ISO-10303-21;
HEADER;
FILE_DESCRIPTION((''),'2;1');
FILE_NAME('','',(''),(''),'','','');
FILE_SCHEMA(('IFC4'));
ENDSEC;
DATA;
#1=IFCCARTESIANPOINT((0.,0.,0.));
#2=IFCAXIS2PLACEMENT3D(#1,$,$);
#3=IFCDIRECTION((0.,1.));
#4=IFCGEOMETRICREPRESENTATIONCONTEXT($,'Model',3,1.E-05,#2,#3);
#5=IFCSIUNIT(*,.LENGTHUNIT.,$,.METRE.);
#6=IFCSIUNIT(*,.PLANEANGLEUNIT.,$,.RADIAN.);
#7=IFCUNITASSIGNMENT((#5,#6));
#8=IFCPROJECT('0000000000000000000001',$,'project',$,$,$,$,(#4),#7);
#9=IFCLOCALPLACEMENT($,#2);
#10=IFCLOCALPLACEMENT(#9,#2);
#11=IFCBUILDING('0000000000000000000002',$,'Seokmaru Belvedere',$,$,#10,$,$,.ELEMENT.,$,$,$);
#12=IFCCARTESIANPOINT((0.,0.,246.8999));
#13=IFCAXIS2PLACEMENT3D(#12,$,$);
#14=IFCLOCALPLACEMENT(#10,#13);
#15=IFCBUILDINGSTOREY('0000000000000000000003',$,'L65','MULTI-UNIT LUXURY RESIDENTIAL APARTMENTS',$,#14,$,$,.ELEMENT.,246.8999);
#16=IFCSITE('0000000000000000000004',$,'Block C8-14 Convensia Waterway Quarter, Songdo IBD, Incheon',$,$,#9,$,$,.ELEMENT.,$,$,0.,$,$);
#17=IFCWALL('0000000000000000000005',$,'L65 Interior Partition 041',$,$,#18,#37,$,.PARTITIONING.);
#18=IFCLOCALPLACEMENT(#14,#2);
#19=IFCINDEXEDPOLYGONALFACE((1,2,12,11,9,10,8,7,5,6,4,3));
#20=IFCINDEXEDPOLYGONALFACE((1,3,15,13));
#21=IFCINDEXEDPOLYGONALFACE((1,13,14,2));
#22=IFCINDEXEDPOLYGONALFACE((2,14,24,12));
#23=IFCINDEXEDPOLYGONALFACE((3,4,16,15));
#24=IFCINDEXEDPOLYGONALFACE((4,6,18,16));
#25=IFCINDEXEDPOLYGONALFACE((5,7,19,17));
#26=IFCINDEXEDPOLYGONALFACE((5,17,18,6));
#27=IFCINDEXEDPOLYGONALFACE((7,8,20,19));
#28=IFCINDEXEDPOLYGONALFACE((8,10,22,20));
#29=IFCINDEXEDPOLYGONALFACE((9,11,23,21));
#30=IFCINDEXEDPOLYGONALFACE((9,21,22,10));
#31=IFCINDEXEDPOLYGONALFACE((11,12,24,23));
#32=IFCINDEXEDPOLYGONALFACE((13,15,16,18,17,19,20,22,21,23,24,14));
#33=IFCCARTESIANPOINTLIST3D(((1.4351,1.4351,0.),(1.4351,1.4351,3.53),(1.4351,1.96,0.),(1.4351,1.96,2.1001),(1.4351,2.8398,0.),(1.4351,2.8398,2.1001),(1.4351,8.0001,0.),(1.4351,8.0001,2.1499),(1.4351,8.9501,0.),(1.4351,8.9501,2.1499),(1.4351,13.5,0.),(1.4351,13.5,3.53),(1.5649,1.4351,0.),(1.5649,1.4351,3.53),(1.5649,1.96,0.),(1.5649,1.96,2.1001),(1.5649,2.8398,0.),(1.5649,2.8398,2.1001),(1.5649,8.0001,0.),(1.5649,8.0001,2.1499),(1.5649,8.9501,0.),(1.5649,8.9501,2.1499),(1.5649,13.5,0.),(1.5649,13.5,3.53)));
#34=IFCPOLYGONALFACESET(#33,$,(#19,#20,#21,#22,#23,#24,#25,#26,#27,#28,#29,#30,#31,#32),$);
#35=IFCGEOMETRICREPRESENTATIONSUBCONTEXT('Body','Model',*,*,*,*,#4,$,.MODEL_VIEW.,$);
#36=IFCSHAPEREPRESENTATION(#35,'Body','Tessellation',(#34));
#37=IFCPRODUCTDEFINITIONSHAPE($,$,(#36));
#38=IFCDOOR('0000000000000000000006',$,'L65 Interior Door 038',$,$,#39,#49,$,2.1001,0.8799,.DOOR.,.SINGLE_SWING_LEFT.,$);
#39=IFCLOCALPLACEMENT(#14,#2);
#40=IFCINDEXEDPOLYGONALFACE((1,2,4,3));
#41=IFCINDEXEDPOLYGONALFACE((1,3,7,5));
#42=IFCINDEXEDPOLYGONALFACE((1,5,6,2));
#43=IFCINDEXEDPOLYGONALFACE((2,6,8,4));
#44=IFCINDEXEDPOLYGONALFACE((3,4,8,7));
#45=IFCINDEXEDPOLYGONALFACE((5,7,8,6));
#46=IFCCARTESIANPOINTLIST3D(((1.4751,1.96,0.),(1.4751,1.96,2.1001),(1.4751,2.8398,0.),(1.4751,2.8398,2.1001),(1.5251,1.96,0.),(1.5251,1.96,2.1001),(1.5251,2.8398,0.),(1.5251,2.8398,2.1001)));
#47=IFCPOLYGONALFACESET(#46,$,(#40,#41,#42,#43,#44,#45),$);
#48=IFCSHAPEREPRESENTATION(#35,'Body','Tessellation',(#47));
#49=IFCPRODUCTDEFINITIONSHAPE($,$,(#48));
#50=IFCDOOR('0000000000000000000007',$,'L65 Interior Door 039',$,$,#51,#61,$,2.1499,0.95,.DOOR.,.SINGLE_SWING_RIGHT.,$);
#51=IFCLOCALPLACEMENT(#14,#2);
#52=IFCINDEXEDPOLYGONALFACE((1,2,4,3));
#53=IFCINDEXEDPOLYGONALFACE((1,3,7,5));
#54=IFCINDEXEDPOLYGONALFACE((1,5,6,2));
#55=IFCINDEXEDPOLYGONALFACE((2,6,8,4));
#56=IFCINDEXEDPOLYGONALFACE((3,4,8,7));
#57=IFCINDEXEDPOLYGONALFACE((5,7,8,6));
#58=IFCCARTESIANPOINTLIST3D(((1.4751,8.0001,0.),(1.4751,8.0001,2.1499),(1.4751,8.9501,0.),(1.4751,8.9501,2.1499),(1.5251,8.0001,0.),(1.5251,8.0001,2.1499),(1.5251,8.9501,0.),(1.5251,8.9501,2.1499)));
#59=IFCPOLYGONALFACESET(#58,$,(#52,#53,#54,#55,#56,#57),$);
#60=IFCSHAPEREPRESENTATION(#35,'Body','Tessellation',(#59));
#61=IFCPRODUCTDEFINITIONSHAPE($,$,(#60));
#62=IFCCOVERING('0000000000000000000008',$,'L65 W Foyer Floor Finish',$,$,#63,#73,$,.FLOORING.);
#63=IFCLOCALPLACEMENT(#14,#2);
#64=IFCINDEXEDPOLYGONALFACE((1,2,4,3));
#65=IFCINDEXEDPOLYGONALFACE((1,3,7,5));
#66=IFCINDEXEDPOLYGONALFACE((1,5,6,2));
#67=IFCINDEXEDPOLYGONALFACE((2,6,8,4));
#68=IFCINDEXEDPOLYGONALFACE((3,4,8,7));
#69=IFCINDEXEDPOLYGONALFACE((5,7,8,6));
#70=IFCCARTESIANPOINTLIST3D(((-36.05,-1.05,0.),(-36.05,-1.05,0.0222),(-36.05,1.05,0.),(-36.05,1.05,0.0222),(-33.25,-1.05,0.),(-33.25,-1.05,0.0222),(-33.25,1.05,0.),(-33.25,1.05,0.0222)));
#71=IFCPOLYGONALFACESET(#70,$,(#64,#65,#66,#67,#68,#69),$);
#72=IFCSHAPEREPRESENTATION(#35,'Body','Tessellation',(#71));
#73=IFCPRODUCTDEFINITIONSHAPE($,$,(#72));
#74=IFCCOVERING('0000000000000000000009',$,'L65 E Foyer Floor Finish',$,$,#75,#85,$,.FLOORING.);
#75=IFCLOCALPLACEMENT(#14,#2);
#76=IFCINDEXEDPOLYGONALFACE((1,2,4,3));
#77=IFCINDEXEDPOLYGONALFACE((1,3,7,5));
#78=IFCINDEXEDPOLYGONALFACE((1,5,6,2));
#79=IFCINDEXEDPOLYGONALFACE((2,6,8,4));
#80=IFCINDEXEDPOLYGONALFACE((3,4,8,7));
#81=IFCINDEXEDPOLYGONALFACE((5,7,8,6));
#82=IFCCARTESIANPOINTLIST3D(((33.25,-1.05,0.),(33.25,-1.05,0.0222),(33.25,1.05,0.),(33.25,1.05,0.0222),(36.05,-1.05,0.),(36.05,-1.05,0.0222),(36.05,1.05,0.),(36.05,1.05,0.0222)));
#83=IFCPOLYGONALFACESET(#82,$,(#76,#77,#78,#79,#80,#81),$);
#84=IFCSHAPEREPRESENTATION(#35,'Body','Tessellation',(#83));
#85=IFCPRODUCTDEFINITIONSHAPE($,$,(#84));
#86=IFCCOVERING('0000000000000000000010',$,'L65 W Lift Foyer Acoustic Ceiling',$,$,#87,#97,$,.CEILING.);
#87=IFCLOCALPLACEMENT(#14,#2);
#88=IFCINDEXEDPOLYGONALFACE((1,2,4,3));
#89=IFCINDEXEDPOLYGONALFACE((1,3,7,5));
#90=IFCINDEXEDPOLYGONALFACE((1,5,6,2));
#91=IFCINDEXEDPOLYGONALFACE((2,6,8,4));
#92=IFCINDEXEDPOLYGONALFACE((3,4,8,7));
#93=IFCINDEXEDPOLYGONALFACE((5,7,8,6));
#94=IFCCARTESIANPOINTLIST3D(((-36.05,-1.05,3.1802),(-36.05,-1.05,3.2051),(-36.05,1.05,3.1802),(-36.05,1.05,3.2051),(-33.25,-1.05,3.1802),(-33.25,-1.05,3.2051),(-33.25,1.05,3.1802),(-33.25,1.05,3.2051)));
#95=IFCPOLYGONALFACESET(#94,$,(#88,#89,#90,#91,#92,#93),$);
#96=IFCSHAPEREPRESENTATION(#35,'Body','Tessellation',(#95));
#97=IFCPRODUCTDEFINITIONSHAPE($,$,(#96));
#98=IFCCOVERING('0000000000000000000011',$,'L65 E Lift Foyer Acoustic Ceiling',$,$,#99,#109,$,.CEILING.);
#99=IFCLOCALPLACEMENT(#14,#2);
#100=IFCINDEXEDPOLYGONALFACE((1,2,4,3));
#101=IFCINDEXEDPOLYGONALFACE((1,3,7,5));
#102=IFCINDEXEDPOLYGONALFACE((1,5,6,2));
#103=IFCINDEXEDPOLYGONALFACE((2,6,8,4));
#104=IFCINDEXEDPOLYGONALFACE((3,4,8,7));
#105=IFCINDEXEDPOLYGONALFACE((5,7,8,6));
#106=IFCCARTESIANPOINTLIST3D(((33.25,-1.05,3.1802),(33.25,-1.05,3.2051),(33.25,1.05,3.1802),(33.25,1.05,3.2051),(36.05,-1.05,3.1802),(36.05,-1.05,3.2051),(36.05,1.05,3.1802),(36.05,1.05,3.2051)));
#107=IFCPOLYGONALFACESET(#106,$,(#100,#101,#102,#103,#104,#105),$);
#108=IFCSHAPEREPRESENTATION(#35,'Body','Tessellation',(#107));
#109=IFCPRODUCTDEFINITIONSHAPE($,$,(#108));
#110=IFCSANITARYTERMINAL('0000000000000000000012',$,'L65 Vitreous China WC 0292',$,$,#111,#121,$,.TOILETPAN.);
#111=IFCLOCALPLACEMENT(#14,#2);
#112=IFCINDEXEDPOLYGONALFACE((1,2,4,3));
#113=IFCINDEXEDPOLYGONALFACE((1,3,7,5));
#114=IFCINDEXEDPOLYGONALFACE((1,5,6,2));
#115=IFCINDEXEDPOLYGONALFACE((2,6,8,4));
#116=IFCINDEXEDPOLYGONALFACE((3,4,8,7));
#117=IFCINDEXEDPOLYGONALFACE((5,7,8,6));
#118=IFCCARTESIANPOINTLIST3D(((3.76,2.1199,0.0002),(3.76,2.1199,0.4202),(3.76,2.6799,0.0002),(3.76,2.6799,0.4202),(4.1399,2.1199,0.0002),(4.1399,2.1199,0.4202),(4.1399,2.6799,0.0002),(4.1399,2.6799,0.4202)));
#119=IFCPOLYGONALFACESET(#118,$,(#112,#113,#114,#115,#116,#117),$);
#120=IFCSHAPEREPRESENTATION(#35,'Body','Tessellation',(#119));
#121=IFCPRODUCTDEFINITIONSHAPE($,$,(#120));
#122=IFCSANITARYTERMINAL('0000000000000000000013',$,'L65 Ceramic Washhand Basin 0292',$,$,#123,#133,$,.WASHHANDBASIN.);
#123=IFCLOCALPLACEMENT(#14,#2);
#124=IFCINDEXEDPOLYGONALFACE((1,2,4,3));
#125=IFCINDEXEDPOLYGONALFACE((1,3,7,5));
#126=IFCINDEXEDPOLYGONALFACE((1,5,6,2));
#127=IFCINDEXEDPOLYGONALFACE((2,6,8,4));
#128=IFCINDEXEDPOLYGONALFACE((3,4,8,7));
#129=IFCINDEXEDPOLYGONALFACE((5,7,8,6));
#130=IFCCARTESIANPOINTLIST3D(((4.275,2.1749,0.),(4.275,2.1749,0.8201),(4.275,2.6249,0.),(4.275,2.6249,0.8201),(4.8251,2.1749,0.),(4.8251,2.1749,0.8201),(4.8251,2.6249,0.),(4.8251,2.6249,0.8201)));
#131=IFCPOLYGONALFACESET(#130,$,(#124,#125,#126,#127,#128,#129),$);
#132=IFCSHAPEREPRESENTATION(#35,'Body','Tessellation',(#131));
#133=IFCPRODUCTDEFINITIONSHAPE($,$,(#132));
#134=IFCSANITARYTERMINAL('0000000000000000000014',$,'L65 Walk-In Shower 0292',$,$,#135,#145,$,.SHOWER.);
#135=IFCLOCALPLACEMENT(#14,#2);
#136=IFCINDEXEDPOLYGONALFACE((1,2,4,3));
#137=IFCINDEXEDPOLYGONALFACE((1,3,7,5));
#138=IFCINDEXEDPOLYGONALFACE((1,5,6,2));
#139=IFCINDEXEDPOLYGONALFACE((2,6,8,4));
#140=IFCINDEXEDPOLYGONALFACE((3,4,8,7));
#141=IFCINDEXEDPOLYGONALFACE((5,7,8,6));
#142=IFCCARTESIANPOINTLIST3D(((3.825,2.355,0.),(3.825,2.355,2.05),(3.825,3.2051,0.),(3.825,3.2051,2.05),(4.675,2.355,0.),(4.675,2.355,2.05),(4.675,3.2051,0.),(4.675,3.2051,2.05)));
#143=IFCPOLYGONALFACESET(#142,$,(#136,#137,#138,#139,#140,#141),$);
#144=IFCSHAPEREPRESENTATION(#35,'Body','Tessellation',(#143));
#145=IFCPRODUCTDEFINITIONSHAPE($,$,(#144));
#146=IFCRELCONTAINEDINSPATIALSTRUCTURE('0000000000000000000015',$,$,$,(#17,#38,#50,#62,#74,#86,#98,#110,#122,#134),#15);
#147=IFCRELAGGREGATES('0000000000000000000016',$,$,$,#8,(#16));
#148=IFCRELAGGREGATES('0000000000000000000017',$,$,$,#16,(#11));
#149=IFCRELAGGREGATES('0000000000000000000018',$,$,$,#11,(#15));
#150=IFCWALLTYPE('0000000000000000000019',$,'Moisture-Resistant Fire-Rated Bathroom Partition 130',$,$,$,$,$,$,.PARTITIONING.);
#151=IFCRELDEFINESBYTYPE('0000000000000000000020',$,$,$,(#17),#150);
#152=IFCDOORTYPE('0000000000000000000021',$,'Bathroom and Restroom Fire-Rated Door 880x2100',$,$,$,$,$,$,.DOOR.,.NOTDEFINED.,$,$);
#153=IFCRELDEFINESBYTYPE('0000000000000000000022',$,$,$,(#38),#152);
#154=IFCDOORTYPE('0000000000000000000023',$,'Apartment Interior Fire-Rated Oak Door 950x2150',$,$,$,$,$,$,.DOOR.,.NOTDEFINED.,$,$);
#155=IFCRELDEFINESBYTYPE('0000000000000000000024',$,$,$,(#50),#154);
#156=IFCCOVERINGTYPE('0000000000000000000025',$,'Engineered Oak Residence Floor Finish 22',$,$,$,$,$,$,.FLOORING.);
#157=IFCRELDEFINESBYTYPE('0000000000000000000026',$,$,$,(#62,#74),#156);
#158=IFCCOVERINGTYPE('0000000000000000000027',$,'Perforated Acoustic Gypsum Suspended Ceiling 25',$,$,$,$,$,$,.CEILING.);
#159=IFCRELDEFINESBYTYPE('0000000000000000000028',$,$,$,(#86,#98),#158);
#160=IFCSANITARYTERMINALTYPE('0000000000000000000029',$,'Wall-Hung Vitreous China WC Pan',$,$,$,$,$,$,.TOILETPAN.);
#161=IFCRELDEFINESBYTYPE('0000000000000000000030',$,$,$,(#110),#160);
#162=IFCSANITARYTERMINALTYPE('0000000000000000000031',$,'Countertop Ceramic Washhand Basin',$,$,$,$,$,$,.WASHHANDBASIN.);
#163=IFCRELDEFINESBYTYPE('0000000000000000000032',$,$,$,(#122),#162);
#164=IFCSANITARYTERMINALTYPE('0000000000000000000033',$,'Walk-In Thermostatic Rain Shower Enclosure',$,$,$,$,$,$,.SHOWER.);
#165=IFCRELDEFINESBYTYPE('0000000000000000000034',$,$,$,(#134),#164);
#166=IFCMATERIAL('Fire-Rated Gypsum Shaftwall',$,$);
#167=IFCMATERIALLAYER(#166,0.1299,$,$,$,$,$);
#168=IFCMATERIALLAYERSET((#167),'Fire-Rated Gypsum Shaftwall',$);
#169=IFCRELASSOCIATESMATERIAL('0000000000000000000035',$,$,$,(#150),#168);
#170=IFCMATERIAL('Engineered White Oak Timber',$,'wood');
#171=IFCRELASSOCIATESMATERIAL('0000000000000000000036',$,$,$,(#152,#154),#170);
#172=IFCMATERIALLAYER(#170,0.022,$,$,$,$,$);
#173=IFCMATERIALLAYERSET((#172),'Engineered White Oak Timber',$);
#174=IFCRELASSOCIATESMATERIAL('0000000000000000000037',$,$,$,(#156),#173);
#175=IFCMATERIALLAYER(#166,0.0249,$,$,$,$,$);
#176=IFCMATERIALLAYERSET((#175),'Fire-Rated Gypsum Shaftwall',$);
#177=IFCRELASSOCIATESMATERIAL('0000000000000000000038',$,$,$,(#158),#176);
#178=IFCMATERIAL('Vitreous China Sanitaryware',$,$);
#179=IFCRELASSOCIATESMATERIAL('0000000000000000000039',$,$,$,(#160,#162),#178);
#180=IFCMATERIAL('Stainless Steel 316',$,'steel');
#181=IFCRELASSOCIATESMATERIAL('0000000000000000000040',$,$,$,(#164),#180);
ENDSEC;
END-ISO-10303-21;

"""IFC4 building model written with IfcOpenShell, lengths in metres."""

from ifc_helpers import new_model, si_unit, direction, frame, frame_2d, origin, origin_2d, place, context, subcontext, project, spatial, polyline, rectangle, outline, extrude, source, transform, mapped, material, layer, layer_set, type_object, type_shapes, element, fill, save


model = new_model("IFC4")

# Units and contexts
model_context = context("Model", 3, precision=1e-05, world=origin(), true_north=direction((0.0, 1.0)))
body_context = subcontext(model_context, "Body", "Model", "MODEL_VIEW")
ifc_project = project(units=[si_unit("LENGTHUNIT", "METRE"), si_unit("PLANEANGLEUNIT", "RADIAN")], contexts=[model_context])

# Site, building, storey
site_placement = place(None, origin())
site = spatial("IfcSite", under=ifc_project, at=site_placement, Name="Block C8-14 Convensia Waterway Quarter, Songdo IBD, Incheon", CompositionType="ELEMENT", RefElevation=0.0)
building_placement = place(site_placement, origin())
building = spatial("IfcBuilding", under=site, at=building_placement, Name="Seokmaru Belvedere", CompositionType="ELEMENT")
storey_placement = place(building_placement, frame((0.0, 0.0, 246.8999)))
storey = spatial("IfcBuildingStorey", under=building, at=storey_placement, Name="L65", Description="MULTI-UNIT LUXURY RESIDENTIAL APARTMENTS", CompositionType="ELEMENT", Elevation=246.8999)

# Shared definitions
ifc_material_1 = material(Name="Fire-Rated Gypsum Shaftwall")
ifc_layer_1 = layer(ifc_material_1, 0.1299)
ifc_layer_set_1 = layer_set([ifc_layer_1], Name="Fire-Rated Gypsum Shaftwall")
wall_type_1 = type_object("IfcWallType", Name="Moisture-Resistant Fire-Rated Bathroom Partition 130", PredefinedType="PARTITIONING", material=ifc_layer_set_1)

# Wall, openings, doors
wall_1_placement = place(storey_placement, frame((1.5, 1.4351, 0.0), z_axis=(0.0, 0.0, 1.0), x_axis=(0.0, 1.0, 0.0)))
wall_1 = element("IfcWall", 1, at=wall_1_placement, inside=storey, type_object=wall_type_1, Name="L65 Interior Partition 041", PredefinedType="PARTITIONING", context=body_context, shape_type="SweptSolid", body=[
    extrude(rectangle(XDim=12.0649, YDim=0.1299, at=frame_2d((6.0325, 0.0))), origin(), (0.0, 0.0, 1.0), 3.53),
])
opening_1_placement = place(wall_1_placement, frame((0.5249, 0.0, 0.0)))
opening_1 = element("IfcOpeningElement", 2, at=opening_1_placement, cuts=wall_1, PredefinedType="OPENING", context=body_context, shape_type="SweptSolid", body=[
    extrude(rectangle(XDim=0.8799, YDim=2.1001, at=frame_2d((0.4399, 1.05))), frame((0.0, 0.075, 0.0), z_axis=(0.0, -1.0, 0.0), x_axis=(1.0, 0.0, 0.0)), (0.0, 0.0, 1.0), 0.1499),
])
opening_2_placement = place(wall_1_placement, frame((6.5649, 0.0, 0.0)))
opening_2 = element("IfcOpeningElement", 3, at=opening_2_placement, cuts=wall_1, PredefinedType="OPENING", context=body_context, shape_type="SweptSolid", body=[
    extrude(rectangle(XDim=0.95, YDim=2.1499, at=frame_2d((0.4751, 1.075))), frame((0.0, 0.075, 0.0), z_axis=(0.0, -1.0, 0.0), x_axis=(1.0, 0.0, 0.0)), (0.0, 0.0, 1.0), 0.1499),
])
ifc_material_2 = material(Name="Engineered White Oak Timber", Category="wood")
door_type_1 = type_object("IfcDoorType", Name="Bathroom and Restroom Fire-Rated Door 880x2100", OperationType="NOTDEFINED", PredefinedType="DOOR", material=ifc_material_2)
shared_shape_1 = source(origin(), body_context, "Body", "SweptSolid", [
    extrude(rectangle(XDim=0.8799, YDim=2.1001, at=frame_2d((0.4399, 1.05))), frame((0.0, 0.0249, 0.0), z_axis=(0.0, -1.0, 0.0), x_axis=(1.0, 0.0, 0.0)), (0.0, 0.0, 1.0), 0.05),
])
type_shapes(door_type_1, [shared_shape_1])
door_1_placement = place(opening_1_placement, origin())
door_1 = element("IfcDoor", 4, at=door_1_placement, inside=storey, type_object=door_type_1, Name="L65 Interior Door 038", OperationType="SINGLE_SWING_LEFT", OverallHeight=2.1001, OverallWidth=0.8799, PredefinedType="DOOR", context=body_context, shape_type="MappedRepresentation", body=[
    mapped(shared_shape_1, transform((0.0, 0.0, 0.0), scale=1.0)),
])
fill(opening_1, door_1)
door_type_2 = type_object("IfcDoorType", Name="Apartment Interior Fire-Rated Oak Door 950x2150", OperationType="NOTDEFINED", PredefinedType="DOOR", material=ifc_material_2)
shared_shape_2 = source(origin(), body_context, "Body", "SweptSolid", [
    extrude(rectangle(XDim=0.95, YDim=2.1499, at=frame_2d((0.4751, 1.075))), frame((0.0, 0.0249, 0.0), z_axis=(0.0, -1.0, 0.0), x_axis=(1.0, 0.0, 0.0)), (0.0, 0.0, 1.0), 0.05),
])
type_shapes(door_type_2, [shared_shape_2])
door_2_placement = place(opening_2_placement, origin())
door_2 = element("IfcDoor", 5, at=door_2_placement, inside=storey, type_object=door_type_2, Name="L65 Interior Door 039", OperationType="SINGLE_SWING_RIGHT", OverallHeight=2.1499, OverallWidth=0.95, PredefinedType="DOOR", context=body_context, shape_type="MappedRepresentation", body=[
    mapped(shared_shape_2, transform((0.0, 0.0, 0.0), scale=1.0)),
])
fill(opening_2, door_2)

# Coverings
ifc_layer_2 = layer(ifc_material_2, 0.022)
ifc_layer_set_2 = layer_set([ifc_layer_2], Name="Engineered White Oak Timber")
covering_type_1 = type_object("IfcCoveringType", Name="Engineered Oak Residence Floor Finish 22", PredefinedType="FLOORING", material=ifc_layer_set_2)
covering_1_placement = place(storey_placement, origin())
element("IfcCovering", 6, at=covering_1_placement, inside=storey, type_object=covering_type_1, Name="L65 W Foyer Floor Finish", PredefinedType="FLOORING", context=body_context, shape_type="SweptSolid", body=[
    extrude(outline(polyline([(-36.05, -1.05), (-33.25, -1.05), (-33.25, 1.05), (-36.05, 1.05), (-36.05, -1.05)])), origin(), (0.0, 0.0, 1.0), 0.0222),
])
covering_2_placement = place(storey_placement, origin())
element("IfcCovering", 7, at=covering_2_placement, inside=storey, type_object=covering_type_1, Name="L65 E Foyer Floor Finish", PredefinedType="FLOORING", context=body_context, shape_type="SweptSolid", body=[
    extrude(outline(polyline([(33.25, -1.05), (36.05, -1.05), (36.05, 1.05), (33.25, 1.05), (33.25, -1.05)])), origin(), (0.0, 0.0, 1.0), 0.0222),
])
ifc_layer_3 = layer(ifc_material_1, 0.0249)
ifc_layer_set_3 = layer_set([ifc_layer_3], Name="Fire-Rated Gypsum Shaftwall")
covering_type_2 = type_object("IfcCoveringType", Name="Perforated Acoustic Gypsum Suspended Ceiling 25", PredefinedType="CEILING", material=ifc_layer_set_3)
covering_3_placement = place(storey_placement, frame((0.0, 0.0, 3.1802)))
element("IfcCovering", 8, at=covering_3_placement, inside=storey, type_object=covering_type_2, Name="L65 W Lift Foyer Acoustic Ceiling", PredefinedType="CEILING", context=body_context, shape_type="SweptSolid", body=[
    extrude(outline(polyline([(-36.05, -1.05), (-33.25, -1.05), (-33.25, 1.05), (-36.05, 1.05), (-36.05, -1.05)])), origin(), (0.0, 0.0, 1.0), 0.0249),
])
covering_4_placement = place(storey_placement, frame((0.0, 0.0, 3.1802)))
element("IfcCovering", 9, at=covering_4_placement, inside=storey, type_object=covering_type_2, Name="L65 E Lift Foyer Acoustic Ceiling", PredefinedType="CEILING", context=body_context, shape_type="SweptSolid", body=[
    extrude(outline(polyline([(33.25, -1.05), (36.05, -1.05), (36.05, 1.05), (33.25, 1.05), (33.25, -1.05)])), origin(), (0.0, 0.0, 1.0), 0.0249),
])

# Sanitary terminals
ifc_material_3 = material(Name="Vitreous China Sanitaryware")
sanitary_terminal_type_1 = type_object("IfcSanitaryTerminalType", Name="Wall-Hung Vitreous China WC Pan", PredefinedType="TOILETPAN", material=ifc_material_3)
shared_shape_3 = source(origin(), body_context, "Body", "SweptSolid", [
    extrude(rectangle(XDim=0.3799, YDim=0.5601, at=origin_2d()), origin(), (0.0, 0.0, 1.0), 0.4199),
])
type_shapes(sanitary_terminal_type_1, [shared_shape_3])
sanitary_terminal_1_placement = place(storey_placement, frame((3.95, 2.3999, 0.0002), z_axis=(0.0, 0.0, 1.0), x_axis=(1.0, 0.0, 0.0)))
element("IfcSanitaryTerminal", 10, at=sanitary_terminal_1_placement, inside=storey, type_object=sanitary_terminal_type_1, Name="L65 Vitreous China WC 0292", PredefinedType="TOILETPAN", context=body_context, shape_type="MappedRepresentation", body=[
    mapped(shared_shape_3, transform((0.0, 0.0, 0.0), scale=1.0)),
])
sanitary_terminal_type_2 = type_object("IfcSanitaryTerminalType", Name="Countertop Ceramic Washhand Basin", PredefinedType="WASHHANDBASIN", material=ifc_material_3)
shared_shape_4 = source(origin(), body_context, "Body", "SweptSolid", [
    extrude(rectangle(XDim=0.55, YDim=0.45, at=origin_2d()), origin(), (0.0, 0.0, 1.0), 0.8201),
])
type_shapes(sanitary_terminal_type_2, [shared_shape_4])
sanitary_terminal_2_placement = place(storey_placement, frame((4.55, 2.3999, 0.0), z_axis=(0.0, 0.0, 1.0), x_axis=(1.0, 0.0, 0.0)))
element("IfcSanitaryTerminal", 11, at=sanitary_terminal_2_placement, inside=storey, type_object=sanitary_terminal_type_2, Name="L65 Ceramic Washhand Basin 0292", PredefinedType="WASHHANDBASIN", context=body_context, shape_type="MappedRepresentation", body=[
    mapped(shared_shape_4, transform((0.0, 0.0, 0.0), scale=1.0)),
])
ifc_material_4 = material(Name="Stainless Steel 316", Category="steel")
sanitary_terminal_type_3 = type_object("IfcSanitaryTerminalType", Name="Walk-In Thermostatic Rain Shower Enclosure", PredefinedType="SHOWER", material=ifc_material_4)
shared_shape_5 = source(origin(), body_context, "Body", "SweptSolid", [
    extrude(rectangle(XDim=0.8501, YDim=0.8501, at=origin_2d()), origin(), (0.0, 0.0, 1.0), 2.05),
])
type_shapes(sanitary_terminal_type_3, [shared_shape_5])
sanitary_terminal_3_placement = place(storey_placement, frame((4.25, 2.78, 0.0), z_axis=(0.0, 0.0, 1.0), x_axis=(1.0, 0.0, 0.0)))
element("IfcSanitaryTerminal", 12, at=sanitary_terminal_3_placement, inside=storey, type_object=sanitary_terminal_type_3, Name="L65 Walk-In Shower 0292", PredefinedType="SHOWER", context=body_context, shape_type="MappedRepresentation", body=[
    mapped(shared_shape_5, transform((0.0, 0.0, 0.0), scale=1.0)),
])

save(model, "model.ifc")
